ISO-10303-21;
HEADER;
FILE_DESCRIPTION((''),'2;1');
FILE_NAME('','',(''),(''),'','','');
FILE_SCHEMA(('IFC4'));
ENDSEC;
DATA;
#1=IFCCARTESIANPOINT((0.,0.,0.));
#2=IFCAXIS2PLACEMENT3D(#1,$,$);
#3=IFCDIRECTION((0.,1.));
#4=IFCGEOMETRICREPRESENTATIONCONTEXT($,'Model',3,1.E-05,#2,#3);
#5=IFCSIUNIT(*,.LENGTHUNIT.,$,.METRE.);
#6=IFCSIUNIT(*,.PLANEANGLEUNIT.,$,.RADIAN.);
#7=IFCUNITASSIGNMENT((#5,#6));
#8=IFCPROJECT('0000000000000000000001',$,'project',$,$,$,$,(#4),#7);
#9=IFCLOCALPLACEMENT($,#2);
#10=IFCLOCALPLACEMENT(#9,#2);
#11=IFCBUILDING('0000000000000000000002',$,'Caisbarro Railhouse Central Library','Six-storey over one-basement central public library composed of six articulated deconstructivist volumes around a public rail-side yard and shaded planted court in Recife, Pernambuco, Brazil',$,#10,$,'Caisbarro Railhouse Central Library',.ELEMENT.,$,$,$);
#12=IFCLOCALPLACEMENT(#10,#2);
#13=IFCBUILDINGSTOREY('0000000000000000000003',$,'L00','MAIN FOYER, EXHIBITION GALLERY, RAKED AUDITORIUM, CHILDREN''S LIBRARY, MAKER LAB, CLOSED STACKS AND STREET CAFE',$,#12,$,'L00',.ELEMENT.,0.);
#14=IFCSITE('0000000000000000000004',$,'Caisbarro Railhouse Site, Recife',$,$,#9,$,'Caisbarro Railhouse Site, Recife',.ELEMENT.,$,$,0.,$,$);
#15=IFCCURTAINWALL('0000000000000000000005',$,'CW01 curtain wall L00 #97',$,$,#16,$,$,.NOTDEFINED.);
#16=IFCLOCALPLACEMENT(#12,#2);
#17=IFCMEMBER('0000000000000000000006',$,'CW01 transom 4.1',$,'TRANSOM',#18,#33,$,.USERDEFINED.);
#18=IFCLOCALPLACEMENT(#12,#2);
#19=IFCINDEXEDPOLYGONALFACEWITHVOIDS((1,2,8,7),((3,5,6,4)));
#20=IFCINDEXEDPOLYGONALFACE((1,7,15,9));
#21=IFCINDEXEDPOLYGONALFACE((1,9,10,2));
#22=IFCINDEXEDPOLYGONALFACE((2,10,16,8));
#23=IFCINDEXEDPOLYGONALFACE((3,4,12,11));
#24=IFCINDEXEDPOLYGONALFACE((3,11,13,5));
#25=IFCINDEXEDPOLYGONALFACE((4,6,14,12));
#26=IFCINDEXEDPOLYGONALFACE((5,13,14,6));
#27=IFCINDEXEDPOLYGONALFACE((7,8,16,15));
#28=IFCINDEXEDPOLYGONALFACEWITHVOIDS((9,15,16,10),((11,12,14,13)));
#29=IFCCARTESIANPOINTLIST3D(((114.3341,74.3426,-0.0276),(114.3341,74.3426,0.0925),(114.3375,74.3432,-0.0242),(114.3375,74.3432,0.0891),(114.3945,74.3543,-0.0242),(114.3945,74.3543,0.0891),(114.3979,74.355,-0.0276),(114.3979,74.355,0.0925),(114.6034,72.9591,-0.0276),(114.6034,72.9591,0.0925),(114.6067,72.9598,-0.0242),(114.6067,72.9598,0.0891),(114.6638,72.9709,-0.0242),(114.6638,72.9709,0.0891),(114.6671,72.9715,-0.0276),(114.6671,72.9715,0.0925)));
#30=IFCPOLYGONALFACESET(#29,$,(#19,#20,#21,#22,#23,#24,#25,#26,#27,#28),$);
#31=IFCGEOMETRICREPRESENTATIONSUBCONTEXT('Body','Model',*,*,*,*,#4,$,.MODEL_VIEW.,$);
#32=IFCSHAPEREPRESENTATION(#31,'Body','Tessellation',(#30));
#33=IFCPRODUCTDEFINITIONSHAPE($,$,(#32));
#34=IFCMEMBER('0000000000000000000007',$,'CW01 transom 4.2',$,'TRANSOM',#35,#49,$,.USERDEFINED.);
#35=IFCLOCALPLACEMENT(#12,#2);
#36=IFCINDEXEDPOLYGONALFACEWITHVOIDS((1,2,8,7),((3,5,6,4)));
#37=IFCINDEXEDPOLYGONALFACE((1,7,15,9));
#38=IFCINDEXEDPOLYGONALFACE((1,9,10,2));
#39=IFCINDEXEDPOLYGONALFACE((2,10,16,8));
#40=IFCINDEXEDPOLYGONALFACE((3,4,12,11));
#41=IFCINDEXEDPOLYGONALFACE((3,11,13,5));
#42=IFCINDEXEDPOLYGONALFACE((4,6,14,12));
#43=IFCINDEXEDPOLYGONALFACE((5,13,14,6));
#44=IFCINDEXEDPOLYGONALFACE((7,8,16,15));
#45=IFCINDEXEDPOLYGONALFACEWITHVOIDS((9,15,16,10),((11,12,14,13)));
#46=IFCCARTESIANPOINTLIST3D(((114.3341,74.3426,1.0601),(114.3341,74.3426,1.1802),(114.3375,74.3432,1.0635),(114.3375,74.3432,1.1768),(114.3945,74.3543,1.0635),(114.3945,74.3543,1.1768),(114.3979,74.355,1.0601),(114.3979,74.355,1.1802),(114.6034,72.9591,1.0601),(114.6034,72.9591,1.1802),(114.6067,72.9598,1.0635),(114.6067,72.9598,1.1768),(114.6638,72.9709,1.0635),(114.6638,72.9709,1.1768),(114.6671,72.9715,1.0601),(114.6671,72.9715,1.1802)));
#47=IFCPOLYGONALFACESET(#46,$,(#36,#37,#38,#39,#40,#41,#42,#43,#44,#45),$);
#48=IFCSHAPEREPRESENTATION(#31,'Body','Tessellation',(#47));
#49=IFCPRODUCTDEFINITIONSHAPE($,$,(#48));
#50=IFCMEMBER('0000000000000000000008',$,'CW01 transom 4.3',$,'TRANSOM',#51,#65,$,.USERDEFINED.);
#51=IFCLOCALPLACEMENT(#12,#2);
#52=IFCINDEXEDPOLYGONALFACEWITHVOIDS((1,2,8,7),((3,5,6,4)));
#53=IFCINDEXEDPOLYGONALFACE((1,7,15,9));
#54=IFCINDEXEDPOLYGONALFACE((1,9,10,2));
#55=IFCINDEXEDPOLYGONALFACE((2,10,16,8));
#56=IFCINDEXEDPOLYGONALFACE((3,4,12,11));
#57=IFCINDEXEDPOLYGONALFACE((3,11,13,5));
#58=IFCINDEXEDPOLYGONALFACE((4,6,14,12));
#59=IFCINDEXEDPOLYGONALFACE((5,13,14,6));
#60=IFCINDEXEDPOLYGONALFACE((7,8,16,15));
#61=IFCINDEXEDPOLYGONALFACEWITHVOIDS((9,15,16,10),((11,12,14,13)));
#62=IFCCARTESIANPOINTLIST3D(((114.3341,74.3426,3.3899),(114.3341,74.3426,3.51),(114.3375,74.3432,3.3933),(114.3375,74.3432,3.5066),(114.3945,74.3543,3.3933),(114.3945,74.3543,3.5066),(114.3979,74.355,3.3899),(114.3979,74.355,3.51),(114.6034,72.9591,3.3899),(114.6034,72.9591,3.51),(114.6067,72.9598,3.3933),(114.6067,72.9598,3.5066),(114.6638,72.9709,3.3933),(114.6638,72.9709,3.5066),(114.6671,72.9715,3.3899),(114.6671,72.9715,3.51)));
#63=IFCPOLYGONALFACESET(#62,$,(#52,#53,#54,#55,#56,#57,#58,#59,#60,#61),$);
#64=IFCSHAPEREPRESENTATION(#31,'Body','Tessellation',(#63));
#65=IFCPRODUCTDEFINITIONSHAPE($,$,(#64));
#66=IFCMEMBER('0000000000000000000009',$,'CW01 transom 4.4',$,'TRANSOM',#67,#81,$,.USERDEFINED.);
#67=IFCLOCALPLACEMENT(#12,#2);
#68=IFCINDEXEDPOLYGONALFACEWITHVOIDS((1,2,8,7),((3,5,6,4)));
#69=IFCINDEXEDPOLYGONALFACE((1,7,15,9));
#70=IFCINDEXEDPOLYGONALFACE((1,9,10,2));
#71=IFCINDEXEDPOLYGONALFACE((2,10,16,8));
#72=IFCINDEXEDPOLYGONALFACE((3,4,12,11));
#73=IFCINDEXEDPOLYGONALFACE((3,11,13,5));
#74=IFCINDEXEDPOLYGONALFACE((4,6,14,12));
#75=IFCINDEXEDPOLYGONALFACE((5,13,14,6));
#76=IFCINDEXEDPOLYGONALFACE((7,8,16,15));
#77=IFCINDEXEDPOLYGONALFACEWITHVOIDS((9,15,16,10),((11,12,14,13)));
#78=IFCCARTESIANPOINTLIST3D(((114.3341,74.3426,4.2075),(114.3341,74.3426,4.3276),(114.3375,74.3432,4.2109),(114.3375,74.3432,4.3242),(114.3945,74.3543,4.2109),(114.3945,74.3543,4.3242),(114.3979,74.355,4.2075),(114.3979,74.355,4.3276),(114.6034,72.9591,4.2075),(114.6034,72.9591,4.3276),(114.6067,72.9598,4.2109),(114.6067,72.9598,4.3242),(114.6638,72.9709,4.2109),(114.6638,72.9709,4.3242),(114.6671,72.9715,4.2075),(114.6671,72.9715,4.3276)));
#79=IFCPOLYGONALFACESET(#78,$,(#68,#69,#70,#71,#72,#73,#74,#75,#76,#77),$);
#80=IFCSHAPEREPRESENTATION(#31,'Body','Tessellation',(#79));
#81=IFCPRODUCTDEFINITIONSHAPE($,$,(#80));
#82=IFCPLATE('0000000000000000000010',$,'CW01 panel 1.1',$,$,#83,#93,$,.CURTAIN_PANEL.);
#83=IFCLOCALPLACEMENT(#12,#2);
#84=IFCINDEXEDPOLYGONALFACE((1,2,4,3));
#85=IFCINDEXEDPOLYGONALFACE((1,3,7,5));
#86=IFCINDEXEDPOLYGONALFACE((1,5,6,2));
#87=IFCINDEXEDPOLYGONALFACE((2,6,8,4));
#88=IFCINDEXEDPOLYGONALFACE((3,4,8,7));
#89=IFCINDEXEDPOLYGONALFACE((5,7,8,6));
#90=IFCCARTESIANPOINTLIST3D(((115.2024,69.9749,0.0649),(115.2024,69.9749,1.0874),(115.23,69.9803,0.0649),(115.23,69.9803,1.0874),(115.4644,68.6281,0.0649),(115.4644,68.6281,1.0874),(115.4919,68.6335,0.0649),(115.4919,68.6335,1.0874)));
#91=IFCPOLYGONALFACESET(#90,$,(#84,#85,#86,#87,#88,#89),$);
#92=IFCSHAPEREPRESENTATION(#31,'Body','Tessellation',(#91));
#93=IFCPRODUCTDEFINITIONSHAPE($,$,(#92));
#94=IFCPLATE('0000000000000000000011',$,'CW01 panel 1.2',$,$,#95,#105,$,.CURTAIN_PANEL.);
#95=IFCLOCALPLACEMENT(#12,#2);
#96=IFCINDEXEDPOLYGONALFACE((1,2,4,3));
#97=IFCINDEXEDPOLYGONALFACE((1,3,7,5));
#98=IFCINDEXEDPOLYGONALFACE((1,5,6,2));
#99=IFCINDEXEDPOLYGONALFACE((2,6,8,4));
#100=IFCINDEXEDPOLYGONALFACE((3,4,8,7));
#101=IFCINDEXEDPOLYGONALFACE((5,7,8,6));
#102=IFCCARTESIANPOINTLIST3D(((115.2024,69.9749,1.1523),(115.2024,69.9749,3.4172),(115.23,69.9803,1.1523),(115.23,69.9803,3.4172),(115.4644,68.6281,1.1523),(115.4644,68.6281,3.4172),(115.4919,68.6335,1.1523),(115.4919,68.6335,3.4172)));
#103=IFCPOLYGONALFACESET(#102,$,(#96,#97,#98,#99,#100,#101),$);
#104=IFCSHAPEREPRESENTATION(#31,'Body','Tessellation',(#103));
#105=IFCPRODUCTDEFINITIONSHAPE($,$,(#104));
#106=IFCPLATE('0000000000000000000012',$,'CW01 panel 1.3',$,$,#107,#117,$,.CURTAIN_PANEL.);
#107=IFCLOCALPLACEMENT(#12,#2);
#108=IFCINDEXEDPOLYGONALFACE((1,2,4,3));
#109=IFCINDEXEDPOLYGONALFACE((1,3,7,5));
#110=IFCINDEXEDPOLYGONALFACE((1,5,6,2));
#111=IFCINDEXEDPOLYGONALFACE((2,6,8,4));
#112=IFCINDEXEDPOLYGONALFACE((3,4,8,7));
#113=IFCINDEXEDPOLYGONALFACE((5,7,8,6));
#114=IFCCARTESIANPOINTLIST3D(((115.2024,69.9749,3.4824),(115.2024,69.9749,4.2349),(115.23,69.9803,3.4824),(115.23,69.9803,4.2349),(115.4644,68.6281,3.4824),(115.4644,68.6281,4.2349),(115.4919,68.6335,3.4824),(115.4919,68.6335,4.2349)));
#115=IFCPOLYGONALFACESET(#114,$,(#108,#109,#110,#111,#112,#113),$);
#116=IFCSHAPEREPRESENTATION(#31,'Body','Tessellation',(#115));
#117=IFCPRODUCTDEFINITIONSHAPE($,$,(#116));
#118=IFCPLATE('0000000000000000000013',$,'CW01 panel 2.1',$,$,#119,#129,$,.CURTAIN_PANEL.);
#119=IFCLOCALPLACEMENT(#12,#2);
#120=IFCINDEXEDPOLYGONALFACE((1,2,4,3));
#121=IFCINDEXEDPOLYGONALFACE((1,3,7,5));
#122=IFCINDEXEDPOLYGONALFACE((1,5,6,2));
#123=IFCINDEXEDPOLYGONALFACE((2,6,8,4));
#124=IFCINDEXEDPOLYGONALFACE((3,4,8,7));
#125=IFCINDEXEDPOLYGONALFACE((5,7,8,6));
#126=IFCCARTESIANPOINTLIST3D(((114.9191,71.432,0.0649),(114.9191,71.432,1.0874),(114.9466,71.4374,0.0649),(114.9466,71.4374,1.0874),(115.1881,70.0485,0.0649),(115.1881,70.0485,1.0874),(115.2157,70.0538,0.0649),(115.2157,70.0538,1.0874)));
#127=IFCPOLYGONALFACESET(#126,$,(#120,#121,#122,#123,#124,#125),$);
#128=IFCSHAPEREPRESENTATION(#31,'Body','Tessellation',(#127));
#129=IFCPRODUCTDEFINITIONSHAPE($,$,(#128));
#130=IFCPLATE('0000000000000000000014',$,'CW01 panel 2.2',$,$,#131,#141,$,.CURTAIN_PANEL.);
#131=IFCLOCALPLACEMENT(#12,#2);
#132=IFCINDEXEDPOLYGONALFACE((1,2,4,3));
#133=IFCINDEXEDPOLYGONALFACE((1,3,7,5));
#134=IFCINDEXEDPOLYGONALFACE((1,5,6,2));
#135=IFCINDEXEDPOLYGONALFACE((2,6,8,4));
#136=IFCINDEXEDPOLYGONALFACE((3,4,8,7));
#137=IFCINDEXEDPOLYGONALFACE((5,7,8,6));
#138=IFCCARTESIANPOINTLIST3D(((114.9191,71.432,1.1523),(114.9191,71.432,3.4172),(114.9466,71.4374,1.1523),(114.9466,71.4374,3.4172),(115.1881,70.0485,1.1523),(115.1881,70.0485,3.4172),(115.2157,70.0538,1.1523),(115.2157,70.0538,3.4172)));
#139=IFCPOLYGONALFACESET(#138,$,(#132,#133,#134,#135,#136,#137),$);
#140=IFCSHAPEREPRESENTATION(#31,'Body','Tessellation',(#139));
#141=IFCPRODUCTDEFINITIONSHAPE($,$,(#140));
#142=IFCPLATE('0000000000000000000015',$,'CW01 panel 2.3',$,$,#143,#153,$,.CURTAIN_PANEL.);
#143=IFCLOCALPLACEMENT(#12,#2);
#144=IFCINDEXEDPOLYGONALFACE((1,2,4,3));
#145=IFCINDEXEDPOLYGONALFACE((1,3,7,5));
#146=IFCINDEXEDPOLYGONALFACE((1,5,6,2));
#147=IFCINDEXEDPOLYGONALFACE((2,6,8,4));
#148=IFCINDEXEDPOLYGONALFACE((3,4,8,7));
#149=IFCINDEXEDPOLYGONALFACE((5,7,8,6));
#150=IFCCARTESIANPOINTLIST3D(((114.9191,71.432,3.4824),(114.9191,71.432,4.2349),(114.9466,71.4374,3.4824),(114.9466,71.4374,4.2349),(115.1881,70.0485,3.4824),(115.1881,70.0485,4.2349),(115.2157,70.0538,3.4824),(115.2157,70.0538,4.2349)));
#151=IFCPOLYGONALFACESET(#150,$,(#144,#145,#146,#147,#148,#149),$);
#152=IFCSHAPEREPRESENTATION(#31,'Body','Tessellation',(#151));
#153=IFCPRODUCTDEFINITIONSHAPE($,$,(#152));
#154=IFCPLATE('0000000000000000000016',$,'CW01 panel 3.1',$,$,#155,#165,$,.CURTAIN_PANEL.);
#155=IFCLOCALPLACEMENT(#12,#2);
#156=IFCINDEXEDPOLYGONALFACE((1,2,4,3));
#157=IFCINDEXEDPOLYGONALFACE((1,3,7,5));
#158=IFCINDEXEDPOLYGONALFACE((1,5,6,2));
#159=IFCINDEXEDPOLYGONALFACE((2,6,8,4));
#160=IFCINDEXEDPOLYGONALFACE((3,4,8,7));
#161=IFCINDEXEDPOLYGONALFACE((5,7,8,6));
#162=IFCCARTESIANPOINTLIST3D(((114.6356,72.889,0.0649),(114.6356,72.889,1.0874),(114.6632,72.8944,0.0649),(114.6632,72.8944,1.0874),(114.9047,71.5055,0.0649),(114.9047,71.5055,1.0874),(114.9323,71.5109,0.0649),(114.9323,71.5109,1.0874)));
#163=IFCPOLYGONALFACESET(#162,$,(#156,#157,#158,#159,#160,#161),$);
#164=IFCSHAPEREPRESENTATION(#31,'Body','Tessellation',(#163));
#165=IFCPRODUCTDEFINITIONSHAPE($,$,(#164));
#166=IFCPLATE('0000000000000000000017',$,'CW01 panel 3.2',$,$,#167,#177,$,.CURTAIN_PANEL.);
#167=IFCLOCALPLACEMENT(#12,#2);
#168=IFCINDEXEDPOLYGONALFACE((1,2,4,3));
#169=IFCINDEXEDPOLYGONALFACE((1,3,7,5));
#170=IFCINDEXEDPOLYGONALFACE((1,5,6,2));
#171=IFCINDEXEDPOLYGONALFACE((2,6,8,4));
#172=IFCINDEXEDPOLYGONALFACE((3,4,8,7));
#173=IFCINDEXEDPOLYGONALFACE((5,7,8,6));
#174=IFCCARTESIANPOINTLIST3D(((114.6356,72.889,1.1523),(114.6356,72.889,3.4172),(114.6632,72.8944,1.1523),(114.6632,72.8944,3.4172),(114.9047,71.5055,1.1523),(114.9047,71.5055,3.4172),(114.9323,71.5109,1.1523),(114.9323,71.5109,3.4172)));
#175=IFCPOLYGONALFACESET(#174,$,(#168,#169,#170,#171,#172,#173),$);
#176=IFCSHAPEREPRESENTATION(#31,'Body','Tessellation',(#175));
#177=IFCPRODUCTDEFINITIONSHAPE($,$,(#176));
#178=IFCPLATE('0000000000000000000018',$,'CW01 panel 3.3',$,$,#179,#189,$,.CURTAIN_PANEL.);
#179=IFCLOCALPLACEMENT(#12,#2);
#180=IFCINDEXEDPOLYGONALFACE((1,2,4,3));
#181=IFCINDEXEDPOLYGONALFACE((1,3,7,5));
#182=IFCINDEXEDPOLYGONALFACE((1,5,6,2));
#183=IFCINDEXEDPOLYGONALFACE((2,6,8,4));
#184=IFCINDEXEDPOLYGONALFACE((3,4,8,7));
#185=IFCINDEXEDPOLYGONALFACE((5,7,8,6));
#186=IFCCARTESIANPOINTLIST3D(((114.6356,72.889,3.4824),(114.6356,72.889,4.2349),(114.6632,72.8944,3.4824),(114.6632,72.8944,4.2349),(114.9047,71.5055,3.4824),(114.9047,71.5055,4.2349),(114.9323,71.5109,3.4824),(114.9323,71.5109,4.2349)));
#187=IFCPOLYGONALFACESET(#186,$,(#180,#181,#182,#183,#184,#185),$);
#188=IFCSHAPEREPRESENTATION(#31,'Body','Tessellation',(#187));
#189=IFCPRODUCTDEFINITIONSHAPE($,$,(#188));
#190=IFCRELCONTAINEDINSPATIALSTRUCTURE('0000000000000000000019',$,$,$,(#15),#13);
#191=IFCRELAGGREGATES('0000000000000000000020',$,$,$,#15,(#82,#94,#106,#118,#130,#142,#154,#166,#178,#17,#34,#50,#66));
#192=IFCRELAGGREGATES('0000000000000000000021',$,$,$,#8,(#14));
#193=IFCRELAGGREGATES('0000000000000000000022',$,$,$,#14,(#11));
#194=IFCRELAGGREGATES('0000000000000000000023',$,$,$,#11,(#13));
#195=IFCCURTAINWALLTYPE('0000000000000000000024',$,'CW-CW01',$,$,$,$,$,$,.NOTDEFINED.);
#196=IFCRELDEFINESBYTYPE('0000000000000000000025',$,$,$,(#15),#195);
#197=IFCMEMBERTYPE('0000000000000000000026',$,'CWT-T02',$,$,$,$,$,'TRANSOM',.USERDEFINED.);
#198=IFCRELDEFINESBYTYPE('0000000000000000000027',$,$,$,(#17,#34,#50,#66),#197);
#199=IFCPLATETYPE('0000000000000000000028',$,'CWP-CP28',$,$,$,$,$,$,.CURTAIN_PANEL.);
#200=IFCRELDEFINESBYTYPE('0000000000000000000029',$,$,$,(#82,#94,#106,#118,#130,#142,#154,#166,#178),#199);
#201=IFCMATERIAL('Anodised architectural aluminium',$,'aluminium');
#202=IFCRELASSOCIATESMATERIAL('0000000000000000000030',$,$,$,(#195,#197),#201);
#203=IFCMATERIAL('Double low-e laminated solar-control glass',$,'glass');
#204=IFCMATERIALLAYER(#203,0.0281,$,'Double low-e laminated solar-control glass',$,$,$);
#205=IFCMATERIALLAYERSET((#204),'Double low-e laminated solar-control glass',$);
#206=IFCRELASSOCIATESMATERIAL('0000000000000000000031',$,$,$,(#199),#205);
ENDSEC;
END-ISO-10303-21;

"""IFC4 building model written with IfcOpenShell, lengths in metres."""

from ifc_helpers import new_model, si_unit, direction, frame, origin, origin_2d, place, context, subcontext, project, spatial, rectangle, hollow_rectangle, extrude, material, layer, layer_set, material_profile, profile_set, type_object, element, aggregate, save


model = new_model("IFC4")

# Units and contexts
model_context = context("Model", 3, precision=1e-05, world=origin(), true_north=direction((0.0, 1.0)))
body_context = subcontext(model_context, "Body", "Model", "MODEL_VIEW")
ifc_project = project(units=[si_unit("LENGTHUNIT", "METRE"), si_unit("PLANEANGLEUNIT", "RADIAN")], contexts=[model_context])

# Site, building, storey
site_placement = place(None, origin())
site = spatial("IfcSite", under=ifc_project, at=site_placement, Name="Caisbarro Railhouse Site, Recife", LongName="Caisbarro Railhouse Site, Recife", CompositionType="ELEMENT", RefElevation=0.0)
building_placement = place(site_placement, origin())
building = spatial("IfcBuilding", under=site, at=building_placement, Name="Caisbarro Railhouse Central Library", Description="Six-storey over one-basement central public library composed of six articulated deconstructivist volumes around a public rail-side yard and shaded planted court in Recife, Pernambuco, Brazil", LongName="Caisbarro Railhouse Central Library", CompositionType="ELEMENT")
storey_placement = place(building_placement, origin())
storey = spatial("IfcBuildingStorey", under=building, at=storey_placement, Name="L00", Description="MAIN FOYER, EXHIBITION GALLERY, RAKED AUDITORIUM, CHILDREN'S LIBRARY, MAKER LAB, CLOSED STACKS AND STREET CAFE", LongName="L00", CompositionType="ELEMENT", Elevation=0.0)

# Curtain wall, members, plates
ifc_material_1 = material(Name="Anodised architectural aluminium", Category="aluminium")
curtain_wall_type = type_object("IfcCurtainWallType", Name="CW-CW01", PredefinedType="NOTDEFINED", material=ifc_material_1)
curtain_wall_placement = place(storey_placement, origin())
curtain_wall = element("IfcCurtainWall", 1, at=curtain_wall_placement, inside=storey, type_object=curtain_wall_type, Name="CW01 curtain wall L00 #97", PredefinedType="NOTDEFINED")
ifc_material_profile_1 = material_profile(ifc_material_1, hollow_rectangle(XDim=0.0649, YDim=0.1201, WallThickness=0.0034, at=origin_2d()), Name="ALU-TRN-65X120")
ifc_profile_set_1 = profile_set([ifc_material_profile_1], Name="Anodised architectural aluminium")
member_type_1 = type_object("IfcMemberType", Name="CWT-T02", ElementType="TRANSOM", PredefinedType="USERDEFINED", material=ifc_profile_set_1)
member_1_placement = place(storey_placement, frame((114.6353, 72.9653, 0.0325), z_axis=(-0.19105, 0.98158, 0.0), x_axis=(-0.98158, -0.19105, 0.0)))
member_1 = element("IfcMember", 2, at=member_1_placement, type_object=member_type_1, Name="CW01 transom 4.1", ObjectType="TRANSOM", PredefinedType="USERDEFINED", context=body_context, shape_type="SweptSolid", body=[
    extrude(hollow_rectangle(XDim=0.0649, YDim=0.1201, WallThickness=0.0034, at=origin_2d()), origin(), (0.0, 0.0, 1.0), 1.4094),
])
member_2_placement = place(storey_placement, frame((114.6353, 72.9653, 1.1201), z_axis=(-0.19105, 0.98158, 0.0), x_axis=(-0.98158, -0.19105, 0.0)))
member_2 = element("IfcMember", 3, at=member_2_placement, type_object=member_type_1, Name="CW01 transom 4.2", ObjectType="TRANSOM", PredefinedType="USERDEFINED", context=body_context, shape_type="SweptSolid", body=[
    extrude(hollow_rectangle(XDim=0.0649, YDim=0.1201, WallThickness=0.0034, at=origin_2d()), origin(), (0.0, 0.0, 1.0), 1.4094),
])
member_3_placement = place(storey_placement, frame((114.6353, 72.9653, 3.45), z_axis=(-0.19105, 0.98158, 0.0), x_axis=(-0.98158, -0.19105, 0.0)))
member_3 = element("IfcMember", 4, at=member_3_placement, type_object=member_type_1, Name="CW01 transom 4.3", ObjectType="TRANSOM", PredefinedType="USERDEFINED", context=body_context, shape_type="SweptSolid", body=[
    extrude(hollow_rectangle(XDim=0.0649, YDim=0.1201, WallThickness=0.0034, at=origin_2d()), origin(), (0.0, 0.0, 1.0), 1.4094),
])
member_4_placement = place(storey_placement, frame((114.6353, 72.9653, 4.2676), z_axis=(-0.19105, 0.98158, 0.0), x_axis=(-0.98158, -0.19105, 0.0)))
member_4 = element("IfcMember", 5, at=member_4_placement, type_object=member_type_1, Name="CW01 transom 4.4", ObjectType="TRANSOM", PredefinedType="USERDEFINED", context=body_context, shape_type="SweptSolid", body=[
    extrude(hollow_rectangle(XDim=0.0649, YDim=0.1201, WallThickness=0.0034, at=origin_2d()), origin(), (0.0, 0.0, 1.0), 1.4094),
])
ifc_material_2 = material(Name="Double low-e laminated solar-control glass", Category="glass")
ifc_layer = layer(ifc_material_2, 0.0281, Name="Double low-e laminated solar-control glass")
ifc_layer_set = layer_set([ifc_layer], Name="Double low-e laminated solar-control glass")
plate_type = type_object("IfcPlateType", Name="CWP-CP28", PredefinedType="CURTAIN_PANEL", material=ifc_layer_set)
plate_1_placement = place(storey_placement, frame((115.3472, 69.3042, 0.0649), z_axis=(0.0, 0.0, 1.0), x_axis=(-0.190911, 0.981607, 0.0)))
plate_1 = element("IfcPlate", 6, at=plate_1_placement, type_object=plate_type, Name="CW01 panel 1.1", PredefinedType="CURTAIN_PANEL", context=body_context, shape_type="SweptSolid", body=[
    extrude(rectangle(XDim=1.3721, YDim=0.0281, at=origin_2d()), origin(), (0.0, 0.0, 1.0), 1.0225),
])
plate_2_placement = place(storey_placement, frame((115.3472, 69.3042, 1.1523), z_axis=(0.0, 0.0, 1.0), x_axis=(-0.190911, 0.981607, 0.0)))
plate_2 = element("IfcPlate", 7, at=plate_2_placement, type_object=plate_type, Name="CW01 panel 1.2", PredefinedType="CURTAIN_PANEL", context=body_context, shape_type="SweptSolid", body=[
    extrude(rectangle(XDim=1.3721, YDim=0.0281, at=origin_2d()), origin(), (0.0, 0.0, 1.0), 2.2649),
])
plate_3_placement = place(storey_placement, frame((115.3472, 69.3042, 3.4824), z_axis=(0.0, 0.0, 1.0), x_axis=(-0.190911, 0.981607, 0.0)))
plate_3 = element("IfcPlate", 8, at=plate_3_placement, type_object=plate_type, Name="CW01 panel 1.3", PredefinedType="CURTAIN_PANEL", context=body_context, shape_type="SweptSolid", body=[
    extrude(rectangle(XDim=1.3721, YDim=0.0281, at=origin_2d()), origin(), (0.0, 0.0, 1.0), 0.7524),
])
plate_4_placement = place(storey_placement, frame((115.0674, 70.7429, 0.0649), z_axis=(0.0, 0.0, 1.0), x_axis=(-0.190911, 0.981607, 0.0)))
plate_4 = element("IfcPlate", 9, at=plate_4_placement, type_object=plate_type, Name="CW01 panel 2.1", PredefinedType="CURTAIN_PANEL", context=body_context, shape_type="SweptSolid", body=[
    extrude(rectangle(XDim=1.4094, YDim=0.0281, at=origin_2d()), origin(), (0.0, 0.0, 1.0), 1.0225),
])
plate_5_placement = place(storey_placement, frame((115.0674, 70.7429, 1.1523), z_axis=(0.0, 0.0, 1.0), x_axis=(-0.190911, 0.981607, 0.0)))
plate_5 = element("IfcPlate", 10, at=plate_5_placement, type_object=plate_type, Name="CW01 panel 2.2", PredefinedType="CURTAIN_PANEL", context=body_context, shape_type="SweptSolid", body=[
    extrude(rectangle(XDim=1.4094, YDim=0.0281, at=origin_2d()), origin(), (0.0, 0.0, 1.0), 2.2649),
])
plate_6_placement = place(storey_placement, frame((115.0674, 70.7429, 3.4824), z_axis=(0.0, 0.0, 1.0), x_axis=(-0.190911, 0.981607, 0.0)))
plate_6 = element("IfcPlate", 11, at=plate_6_placement, type_object=plate_type, Name="CW01 panel 2.3", PredefinedType="CURTAIN_PANEL", context=body_context, shape_type="SweptSolid", body=[
    extrude(rectangle(XDim=1.4094, YDim=0.0281, at=origin_2d()), origin(), (0.0, 0.0, 1.0), 0.7524),
])
plate_7_placement = place(storey_placement, frame((114.7839, 72.2, 0.0649), z_axis=(0.0, 0.0, 1.0), x_axis=(-0.190911, 0.981607, 0.0)))
plate_7 = element("IfcPlate", 12, at=plate_7_placement, type_object=plate_type, Name="CW01 panel 3.1", PredefinedType="CURTAIN_PANEL", context=body_context, shape_type="SweptSolid", body=[
    extrude(rectangle(XDim=1.4094, YDim=0.0281, at=origin_2d()), origin(), (0.0, 0.0, 1.0), 1.0225),
])
plate_8_placement = place(storey_placement, frame((114.7839, 72.2, 1.1523), z_axis=(0.0, 0.0, 1.0), x_axis=(-0.190911, 0.981607, 0.0)))
plate_8 = element("IfcPlate", 13, at=plate_8_placement, type_object=plate_type, Name="CW01 panel 3.2", PredefinedType="CURTAIN_PANEL", context=body_context, shape_type="SweptSolid", body=[
    extrude(rectangle(XDim=1.4094, YDim=0.0281, at=origin_2d()), origin(), (0.0, 0.0, 1.0), 2.2649),
])
plate_9_placement = place(storey_placement, frame((114.7839, 72.2, 3.4824), z_axis=(0.0, 0.0, 1.0), x_axis=(-0.190911, 0.981607, 0.0)))
plate_9 = element("IfcPlate", 14, at=plate_9_placement, type_object=plate_type, Name="CW01 panel 3.3", PredefinedType="CURTAIN_PANEL", context=body_context, shape_type="SweptSolid", body=[
    extrude(rectangle(XDim=1.4094, YDim=0.0281, at=origin_2d()), origin(), (0.0, 0.0, 1.0), 0.7524),
])
aggregate(curtain_wall, [plate_1, plate_2, plate_3, plate_4, plate_5, plate_6, plate_7, plate_8, plate_9, member_1, member_2, member_3, member_4])

save(model, "model.ifc")
